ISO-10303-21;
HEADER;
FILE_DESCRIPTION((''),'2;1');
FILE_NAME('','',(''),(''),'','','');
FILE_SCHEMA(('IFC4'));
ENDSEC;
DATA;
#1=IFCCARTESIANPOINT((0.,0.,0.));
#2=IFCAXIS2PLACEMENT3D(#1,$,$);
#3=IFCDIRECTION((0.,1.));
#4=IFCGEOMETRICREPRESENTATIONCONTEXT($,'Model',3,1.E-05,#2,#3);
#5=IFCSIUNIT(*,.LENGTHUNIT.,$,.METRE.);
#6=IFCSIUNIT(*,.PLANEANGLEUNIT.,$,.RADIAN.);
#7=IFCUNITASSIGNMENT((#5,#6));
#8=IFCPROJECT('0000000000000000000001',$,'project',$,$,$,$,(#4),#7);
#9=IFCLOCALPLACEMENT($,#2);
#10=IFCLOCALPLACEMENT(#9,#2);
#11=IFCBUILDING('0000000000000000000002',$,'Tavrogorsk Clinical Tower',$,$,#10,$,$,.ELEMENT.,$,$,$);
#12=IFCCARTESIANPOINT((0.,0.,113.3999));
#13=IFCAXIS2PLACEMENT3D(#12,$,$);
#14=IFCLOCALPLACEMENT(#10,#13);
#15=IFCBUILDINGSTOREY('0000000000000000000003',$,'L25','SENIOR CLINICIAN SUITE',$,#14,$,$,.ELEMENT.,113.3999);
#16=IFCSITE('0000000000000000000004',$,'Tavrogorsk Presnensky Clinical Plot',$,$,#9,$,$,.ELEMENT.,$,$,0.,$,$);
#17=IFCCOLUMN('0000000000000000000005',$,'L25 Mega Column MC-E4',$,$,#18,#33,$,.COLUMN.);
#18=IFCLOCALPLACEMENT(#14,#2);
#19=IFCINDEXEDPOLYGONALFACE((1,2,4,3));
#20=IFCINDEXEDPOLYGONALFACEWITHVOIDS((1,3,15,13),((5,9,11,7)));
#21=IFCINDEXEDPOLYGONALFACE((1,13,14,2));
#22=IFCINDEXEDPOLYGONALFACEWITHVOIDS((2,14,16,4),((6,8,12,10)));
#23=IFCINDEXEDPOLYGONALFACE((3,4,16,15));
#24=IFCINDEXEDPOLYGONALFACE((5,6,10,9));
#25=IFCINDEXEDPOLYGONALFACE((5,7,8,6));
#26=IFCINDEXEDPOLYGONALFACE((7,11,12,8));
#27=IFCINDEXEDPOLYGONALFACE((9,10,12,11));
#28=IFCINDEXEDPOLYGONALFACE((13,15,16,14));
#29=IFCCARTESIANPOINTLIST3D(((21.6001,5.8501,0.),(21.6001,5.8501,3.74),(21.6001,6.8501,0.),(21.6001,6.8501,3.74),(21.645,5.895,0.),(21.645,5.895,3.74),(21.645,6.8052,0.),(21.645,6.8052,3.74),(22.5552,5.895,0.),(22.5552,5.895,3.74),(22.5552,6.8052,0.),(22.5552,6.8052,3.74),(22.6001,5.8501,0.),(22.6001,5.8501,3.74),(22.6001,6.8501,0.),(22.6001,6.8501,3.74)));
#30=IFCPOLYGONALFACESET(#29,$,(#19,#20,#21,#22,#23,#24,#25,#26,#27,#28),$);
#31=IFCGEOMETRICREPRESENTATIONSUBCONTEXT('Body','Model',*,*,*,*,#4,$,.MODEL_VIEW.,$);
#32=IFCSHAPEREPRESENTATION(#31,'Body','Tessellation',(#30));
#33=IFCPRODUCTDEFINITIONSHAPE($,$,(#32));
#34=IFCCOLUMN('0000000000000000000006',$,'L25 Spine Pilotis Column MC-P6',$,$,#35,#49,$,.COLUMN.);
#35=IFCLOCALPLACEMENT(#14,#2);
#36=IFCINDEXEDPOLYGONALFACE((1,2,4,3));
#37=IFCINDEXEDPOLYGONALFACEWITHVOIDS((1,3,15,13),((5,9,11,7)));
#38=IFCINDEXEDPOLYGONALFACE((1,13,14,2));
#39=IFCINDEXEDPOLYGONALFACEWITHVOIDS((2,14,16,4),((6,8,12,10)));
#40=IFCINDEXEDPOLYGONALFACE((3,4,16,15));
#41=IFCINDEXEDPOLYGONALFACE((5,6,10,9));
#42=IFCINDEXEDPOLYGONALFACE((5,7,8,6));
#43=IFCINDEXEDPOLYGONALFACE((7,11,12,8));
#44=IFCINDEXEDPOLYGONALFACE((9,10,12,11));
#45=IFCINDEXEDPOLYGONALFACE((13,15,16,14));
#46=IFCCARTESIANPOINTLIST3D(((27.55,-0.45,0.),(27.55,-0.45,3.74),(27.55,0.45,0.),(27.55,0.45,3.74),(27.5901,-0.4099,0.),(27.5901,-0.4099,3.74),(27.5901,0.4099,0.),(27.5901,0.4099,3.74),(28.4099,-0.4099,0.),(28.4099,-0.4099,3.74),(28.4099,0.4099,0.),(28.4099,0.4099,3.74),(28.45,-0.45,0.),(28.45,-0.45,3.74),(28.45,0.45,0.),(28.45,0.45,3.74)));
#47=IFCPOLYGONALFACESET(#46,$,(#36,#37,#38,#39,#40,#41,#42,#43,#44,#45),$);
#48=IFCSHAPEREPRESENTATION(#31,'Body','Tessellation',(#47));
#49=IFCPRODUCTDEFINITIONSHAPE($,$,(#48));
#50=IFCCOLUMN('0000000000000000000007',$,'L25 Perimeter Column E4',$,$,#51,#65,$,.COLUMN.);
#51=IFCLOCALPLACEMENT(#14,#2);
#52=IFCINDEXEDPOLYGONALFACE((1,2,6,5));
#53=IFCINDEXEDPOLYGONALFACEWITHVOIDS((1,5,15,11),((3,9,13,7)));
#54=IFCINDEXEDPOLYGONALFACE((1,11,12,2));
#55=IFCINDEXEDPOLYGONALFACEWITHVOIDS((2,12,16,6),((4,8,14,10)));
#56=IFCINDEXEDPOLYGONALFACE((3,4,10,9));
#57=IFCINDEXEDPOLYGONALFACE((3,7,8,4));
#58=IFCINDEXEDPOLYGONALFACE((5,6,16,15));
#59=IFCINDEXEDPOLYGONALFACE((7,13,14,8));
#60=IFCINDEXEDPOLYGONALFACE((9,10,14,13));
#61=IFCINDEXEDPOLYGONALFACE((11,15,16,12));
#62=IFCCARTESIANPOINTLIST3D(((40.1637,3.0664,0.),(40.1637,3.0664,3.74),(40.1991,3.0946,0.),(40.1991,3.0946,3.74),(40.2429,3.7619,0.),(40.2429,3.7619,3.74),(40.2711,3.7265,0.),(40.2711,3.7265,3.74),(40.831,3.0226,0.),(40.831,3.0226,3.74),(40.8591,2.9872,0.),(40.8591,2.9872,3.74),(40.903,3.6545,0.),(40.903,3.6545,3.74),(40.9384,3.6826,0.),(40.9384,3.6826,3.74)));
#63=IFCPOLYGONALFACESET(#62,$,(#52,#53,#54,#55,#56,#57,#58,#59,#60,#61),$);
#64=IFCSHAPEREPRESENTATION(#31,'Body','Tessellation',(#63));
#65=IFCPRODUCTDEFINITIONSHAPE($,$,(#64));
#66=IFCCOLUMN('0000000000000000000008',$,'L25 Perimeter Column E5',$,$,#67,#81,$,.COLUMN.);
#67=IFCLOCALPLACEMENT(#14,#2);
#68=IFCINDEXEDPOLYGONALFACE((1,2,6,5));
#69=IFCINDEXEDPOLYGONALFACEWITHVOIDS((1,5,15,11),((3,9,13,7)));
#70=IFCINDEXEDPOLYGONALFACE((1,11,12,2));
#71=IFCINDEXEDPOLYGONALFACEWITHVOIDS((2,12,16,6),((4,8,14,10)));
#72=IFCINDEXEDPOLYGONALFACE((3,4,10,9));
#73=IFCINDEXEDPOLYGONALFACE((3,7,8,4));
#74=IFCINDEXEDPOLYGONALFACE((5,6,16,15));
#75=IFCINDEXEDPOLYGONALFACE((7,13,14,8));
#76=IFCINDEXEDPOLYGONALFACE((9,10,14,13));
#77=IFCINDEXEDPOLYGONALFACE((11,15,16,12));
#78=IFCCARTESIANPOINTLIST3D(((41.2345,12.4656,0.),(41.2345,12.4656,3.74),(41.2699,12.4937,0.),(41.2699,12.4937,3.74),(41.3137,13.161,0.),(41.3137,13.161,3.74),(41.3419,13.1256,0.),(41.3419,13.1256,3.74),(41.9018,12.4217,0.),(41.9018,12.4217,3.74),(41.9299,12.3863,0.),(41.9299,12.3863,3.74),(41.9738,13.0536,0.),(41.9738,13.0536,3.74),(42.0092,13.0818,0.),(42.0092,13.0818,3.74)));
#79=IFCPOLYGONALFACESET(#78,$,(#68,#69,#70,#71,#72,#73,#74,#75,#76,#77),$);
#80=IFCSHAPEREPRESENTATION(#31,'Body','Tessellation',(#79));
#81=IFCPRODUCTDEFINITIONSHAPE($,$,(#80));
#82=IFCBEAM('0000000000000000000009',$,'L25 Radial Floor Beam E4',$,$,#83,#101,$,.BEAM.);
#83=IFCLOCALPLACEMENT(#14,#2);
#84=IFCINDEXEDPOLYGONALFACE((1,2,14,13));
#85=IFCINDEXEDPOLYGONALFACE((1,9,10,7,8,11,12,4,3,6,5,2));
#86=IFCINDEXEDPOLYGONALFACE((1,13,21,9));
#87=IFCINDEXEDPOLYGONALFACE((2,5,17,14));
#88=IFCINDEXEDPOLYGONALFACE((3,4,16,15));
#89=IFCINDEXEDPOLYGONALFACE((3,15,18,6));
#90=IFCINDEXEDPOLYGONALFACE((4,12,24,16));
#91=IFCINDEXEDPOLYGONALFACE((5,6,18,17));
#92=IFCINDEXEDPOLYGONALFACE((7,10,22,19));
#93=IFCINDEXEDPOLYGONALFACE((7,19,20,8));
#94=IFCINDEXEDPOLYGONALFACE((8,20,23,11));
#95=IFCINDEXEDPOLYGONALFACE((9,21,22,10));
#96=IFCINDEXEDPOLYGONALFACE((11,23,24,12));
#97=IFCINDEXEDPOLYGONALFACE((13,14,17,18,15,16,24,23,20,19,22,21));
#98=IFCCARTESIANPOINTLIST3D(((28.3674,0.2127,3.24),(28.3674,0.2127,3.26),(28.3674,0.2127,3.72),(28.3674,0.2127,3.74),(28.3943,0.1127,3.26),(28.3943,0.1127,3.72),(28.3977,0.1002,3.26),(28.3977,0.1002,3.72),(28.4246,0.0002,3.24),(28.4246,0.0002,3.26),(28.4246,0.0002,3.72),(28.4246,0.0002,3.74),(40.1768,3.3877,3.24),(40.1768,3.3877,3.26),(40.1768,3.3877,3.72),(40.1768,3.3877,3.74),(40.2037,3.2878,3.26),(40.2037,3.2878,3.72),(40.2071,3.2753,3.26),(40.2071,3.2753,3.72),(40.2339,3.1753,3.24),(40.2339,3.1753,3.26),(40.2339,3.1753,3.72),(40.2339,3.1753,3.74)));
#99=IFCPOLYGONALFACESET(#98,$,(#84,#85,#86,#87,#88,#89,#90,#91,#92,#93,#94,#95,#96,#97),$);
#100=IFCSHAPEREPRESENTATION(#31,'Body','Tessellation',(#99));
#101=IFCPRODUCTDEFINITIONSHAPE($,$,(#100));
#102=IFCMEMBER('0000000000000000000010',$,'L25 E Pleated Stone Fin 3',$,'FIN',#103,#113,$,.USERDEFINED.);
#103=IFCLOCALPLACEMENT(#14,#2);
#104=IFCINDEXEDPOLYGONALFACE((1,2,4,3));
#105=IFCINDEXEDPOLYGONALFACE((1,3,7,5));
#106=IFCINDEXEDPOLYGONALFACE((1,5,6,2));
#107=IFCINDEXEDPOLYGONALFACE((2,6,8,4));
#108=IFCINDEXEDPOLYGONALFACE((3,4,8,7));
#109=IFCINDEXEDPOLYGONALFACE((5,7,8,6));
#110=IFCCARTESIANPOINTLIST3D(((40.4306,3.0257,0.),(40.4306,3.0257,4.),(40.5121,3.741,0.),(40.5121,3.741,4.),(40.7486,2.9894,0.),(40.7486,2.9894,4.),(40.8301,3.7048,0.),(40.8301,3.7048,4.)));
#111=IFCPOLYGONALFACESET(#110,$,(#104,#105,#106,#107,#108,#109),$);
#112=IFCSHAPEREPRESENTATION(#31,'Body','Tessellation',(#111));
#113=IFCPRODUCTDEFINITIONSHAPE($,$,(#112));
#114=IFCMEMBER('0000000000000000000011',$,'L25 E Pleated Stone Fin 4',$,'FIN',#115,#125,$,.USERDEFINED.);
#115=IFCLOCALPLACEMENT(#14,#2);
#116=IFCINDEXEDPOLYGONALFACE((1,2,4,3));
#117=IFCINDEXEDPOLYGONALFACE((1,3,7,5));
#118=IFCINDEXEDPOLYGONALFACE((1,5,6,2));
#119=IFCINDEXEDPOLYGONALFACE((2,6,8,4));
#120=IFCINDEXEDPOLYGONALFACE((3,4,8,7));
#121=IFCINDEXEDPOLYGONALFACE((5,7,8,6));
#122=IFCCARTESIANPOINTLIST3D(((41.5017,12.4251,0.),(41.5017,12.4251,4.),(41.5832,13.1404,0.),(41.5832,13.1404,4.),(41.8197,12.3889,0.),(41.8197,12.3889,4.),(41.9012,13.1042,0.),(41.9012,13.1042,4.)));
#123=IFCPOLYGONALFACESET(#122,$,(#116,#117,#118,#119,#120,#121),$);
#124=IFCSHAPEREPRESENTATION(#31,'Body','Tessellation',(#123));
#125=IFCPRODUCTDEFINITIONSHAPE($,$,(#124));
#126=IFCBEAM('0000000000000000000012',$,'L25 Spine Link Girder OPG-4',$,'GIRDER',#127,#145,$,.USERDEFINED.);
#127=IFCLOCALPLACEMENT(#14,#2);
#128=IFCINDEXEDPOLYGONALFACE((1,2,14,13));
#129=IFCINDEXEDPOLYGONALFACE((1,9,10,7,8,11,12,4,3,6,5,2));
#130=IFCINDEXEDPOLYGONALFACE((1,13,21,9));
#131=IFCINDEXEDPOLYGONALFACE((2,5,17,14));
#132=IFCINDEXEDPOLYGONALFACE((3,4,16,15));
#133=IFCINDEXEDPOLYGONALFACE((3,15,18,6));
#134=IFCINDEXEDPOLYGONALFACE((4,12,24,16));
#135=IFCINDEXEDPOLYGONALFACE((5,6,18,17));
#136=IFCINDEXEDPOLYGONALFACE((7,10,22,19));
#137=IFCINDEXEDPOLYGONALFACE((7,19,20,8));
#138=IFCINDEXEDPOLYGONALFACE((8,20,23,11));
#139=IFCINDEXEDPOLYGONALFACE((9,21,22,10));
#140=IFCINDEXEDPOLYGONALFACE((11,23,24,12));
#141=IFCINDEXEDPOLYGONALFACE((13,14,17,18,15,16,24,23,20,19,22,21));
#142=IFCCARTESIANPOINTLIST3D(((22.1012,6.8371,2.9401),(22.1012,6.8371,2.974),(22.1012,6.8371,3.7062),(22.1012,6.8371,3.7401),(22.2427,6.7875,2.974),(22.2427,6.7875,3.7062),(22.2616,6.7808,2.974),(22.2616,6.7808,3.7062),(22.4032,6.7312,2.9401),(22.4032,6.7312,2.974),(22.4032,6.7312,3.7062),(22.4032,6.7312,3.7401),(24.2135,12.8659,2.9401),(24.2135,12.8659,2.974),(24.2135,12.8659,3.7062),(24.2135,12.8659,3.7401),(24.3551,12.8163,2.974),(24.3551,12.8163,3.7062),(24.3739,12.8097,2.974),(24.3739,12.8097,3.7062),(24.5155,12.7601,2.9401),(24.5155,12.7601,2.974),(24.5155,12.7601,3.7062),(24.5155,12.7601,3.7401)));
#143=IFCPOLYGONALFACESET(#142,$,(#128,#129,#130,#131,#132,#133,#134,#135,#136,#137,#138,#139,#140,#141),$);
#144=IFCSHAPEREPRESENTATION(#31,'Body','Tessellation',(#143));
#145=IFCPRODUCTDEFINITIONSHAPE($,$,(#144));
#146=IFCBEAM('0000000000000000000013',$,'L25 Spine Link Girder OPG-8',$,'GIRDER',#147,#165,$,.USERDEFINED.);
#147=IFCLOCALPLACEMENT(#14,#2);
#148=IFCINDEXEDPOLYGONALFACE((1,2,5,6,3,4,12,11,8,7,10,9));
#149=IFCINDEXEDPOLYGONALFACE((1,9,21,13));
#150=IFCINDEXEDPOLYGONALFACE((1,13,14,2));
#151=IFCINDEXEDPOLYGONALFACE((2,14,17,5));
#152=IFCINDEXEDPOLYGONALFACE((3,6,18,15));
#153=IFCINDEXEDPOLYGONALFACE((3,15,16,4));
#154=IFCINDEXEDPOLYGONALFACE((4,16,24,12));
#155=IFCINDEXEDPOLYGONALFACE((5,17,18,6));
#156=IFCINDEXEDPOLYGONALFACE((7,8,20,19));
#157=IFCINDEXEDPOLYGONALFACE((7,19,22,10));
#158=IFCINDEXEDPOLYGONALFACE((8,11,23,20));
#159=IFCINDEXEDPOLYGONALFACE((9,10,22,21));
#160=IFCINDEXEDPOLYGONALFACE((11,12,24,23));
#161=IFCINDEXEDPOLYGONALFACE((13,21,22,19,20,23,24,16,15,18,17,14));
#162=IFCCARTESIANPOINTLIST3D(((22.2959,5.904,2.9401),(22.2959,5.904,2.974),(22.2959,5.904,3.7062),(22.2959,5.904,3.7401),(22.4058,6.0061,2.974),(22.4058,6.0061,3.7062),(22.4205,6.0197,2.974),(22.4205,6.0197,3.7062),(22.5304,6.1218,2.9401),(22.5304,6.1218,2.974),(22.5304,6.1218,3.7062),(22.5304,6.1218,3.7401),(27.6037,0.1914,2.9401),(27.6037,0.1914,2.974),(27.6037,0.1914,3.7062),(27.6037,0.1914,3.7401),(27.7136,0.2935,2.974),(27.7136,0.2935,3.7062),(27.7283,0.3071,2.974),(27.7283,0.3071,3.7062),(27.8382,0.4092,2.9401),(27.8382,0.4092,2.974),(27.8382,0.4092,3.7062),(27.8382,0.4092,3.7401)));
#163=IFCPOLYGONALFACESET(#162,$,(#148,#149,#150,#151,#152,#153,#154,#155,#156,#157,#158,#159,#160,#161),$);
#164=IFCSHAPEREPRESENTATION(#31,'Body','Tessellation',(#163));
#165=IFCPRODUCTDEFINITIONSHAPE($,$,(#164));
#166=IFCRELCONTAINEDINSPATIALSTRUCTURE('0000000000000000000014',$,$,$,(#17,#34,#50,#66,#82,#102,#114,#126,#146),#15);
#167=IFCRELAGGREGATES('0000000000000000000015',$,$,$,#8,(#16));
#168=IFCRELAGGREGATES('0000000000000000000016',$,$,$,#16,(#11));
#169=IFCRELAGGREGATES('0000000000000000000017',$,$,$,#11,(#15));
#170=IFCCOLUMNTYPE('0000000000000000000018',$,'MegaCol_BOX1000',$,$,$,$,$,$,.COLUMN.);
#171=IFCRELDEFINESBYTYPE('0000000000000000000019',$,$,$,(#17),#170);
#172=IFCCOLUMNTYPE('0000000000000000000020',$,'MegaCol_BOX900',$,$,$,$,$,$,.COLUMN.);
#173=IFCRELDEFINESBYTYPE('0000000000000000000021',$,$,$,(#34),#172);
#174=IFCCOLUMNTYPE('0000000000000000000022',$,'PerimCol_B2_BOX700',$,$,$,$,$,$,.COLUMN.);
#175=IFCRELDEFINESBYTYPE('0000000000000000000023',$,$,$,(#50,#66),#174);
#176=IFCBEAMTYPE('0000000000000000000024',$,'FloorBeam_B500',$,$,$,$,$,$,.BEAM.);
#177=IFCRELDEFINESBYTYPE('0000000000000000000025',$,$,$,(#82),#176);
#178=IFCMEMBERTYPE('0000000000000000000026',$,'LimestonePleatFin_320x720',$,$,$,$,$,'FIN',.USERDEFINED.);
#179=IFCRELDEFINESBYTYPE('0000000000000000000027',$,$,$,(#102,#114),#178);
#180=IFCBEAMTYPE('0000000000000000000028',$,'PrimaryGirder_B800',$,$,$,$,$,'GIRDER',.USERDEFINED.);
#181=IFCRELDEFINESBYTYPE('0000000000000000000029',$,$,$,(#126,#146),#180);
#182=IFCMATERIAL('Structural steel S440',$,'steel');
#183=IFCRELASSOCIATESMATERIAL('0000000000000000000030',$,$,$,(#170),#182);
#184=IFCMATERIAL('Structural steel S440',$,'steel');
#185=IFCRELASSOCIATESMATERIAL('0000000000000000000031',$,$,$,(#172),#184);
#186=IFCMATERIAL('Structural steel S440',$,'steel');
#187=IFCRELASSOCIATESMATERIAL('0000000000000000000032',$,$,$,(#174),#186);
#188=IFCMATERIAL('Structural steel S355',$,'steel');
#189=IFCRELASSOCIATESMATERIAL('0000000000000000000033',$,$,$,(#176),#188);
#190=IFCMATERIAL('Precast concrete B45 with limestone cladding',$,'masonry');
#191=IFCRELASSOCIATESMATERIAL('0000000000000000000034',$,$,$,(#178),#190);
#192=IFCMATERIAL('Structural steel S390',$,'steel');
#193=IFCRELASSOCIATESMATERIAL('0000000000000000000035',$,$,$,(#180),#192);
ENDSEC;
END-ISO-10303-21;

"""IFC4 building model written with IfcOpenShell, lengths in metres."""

from ifc_helpers import new_model, si_unit, direction, frame, origin, origin_2d, place, context, subcontext, project, spatial, rectangle, hollow_rectangle, i_section, extrude, material, material_profile, profile_set, type_object, element, save


model = new_model("IFC4")

# Units and contexts
model_context = context("Model", 3, precision=1e-05, world=origin(), true_north=direction((0.0, 1.0)))
body_context = subcontext(model_context, "Body", "Model", "MODEL_VIEW")
ifc_project = project(units=[si_unit("LENGTHUNIT", "METRE"), si_unit("PLANEANGLEUNIT", "RADIAN")], contexts=[model_context])

# Site, building, storey
site_placement = place(None, origin())
site = spatial("IfcSite", under=ifc_project, at=site_placement, Name="Tavrogorsk Presnensky Clinical Plot", CompositionType="ELEMENT", RefElevation=0.0)
building_placement = place(site_placement, origin())
building = spatial("IfcBuilding", under=site, at=building_placement, Name="Tavrogorsk Clinical Tower", CompositionType="ELEMENT")
storey_placement = place(building_placement, frame((0.0, 0.0, 113.3999)))
storey = spatial("IfcBuildingStorey", under=building, at=storey_placement, Name="L25", Description="SENIOR CLINICIAN SUITE", CompositionType="ELEMENT", Elevation=113.3999)

# Columns
ifc_material_1 = material(Name="Structural steel S440", Category="steel")
ifc_material_profile_1 = material_profile(ifc_material_1, hollow_rectangle(XDim=1.0, YDim=1.0, WallThickness=0.0449, at=origin_2d()), Name="BOX-1000x1000x45")
ifc_profile_set_1 = profile_set([ifc_material_profile_1], Name="Structural steel S440")
column_type_1 = type_object("IfcColumnType", Name="MegaCol_BOX1000", PredefinedType="COLUMN", material=ifc_profile_set_1)
column_1_placement = place(storey_placement, frame((22.1001, 6.3501, 0.0), z_axis=(0.0, 0.0, 1.0), x_axis=(1.0, 0.0, 0.0)))
element("IfcColumn", 1, at=column_1_placement, inside=storey, type_object=column_type_1, Name="L25 Mega Column MC-E4", PredefinedType="COLUMN", context=body_context, shape_type="SweptSolid", body=[
    extrude(hollow_rectangle(XDim=1.0, YDim=1.0, WallThickness=0.0449, at=origin_2d()), origin(), (0.0, 0.0, 1.0), 3.74),
])
ifc_material_2 = material(Name="Structural steel S440", Category="steel")
ifc_material_profile_2 = material_profile(ifc_material_2, hollow_rectangle(XDim=0.8999, YDim=0.8999, WallThickness=0.04, at=origin_2d()), Name="BOX-900x900x40")
ifc_profile_set_2 = profile_set([ifc_material_profile_2], Name="Structural steel S440")
column_type_2 = type_object("IfcColumnType", Name="MegaCol_BOX900", PredefinedType="COLUMN", material=ifc_profile_set_2)
column_2_placement = place(storey_placement, frame((28.0, 0.0, 0.0), z_axis=(0.0, 0.0, 1.0), x_axis=(1.0, 0.0, 0.0)))
element("IfcColumn", 2, at=column_2_placement, inside=storey, type_object=column_type_2, Name="L25 Spine Pilotis Column MC-P6", PredefinedType="COLUMN", context=body_context, shape_type="SweptSolid", body=[
    extrude(hollow_rectangle(XDim=0.8999, YDim=0.8999, WallThickness=0.04, at=origin_2d()), origin(), (0.0, 0.0, 1.0), 3.74),
])
ifc_material_3 = material(Name="Structural steel S440", Category="steel")
ifc_material_profile_3 = material_profile(ifc_material_3, hollow_rectangle(XDim=0.7, YDim=0.7, WallThickness=0.032, at=origin_2d()), Name="BOX-700x700x32")
ifc_profile_set_3 = profile_set([ifc_material_profile_3], Name="Structural steel S440")
column_type_3 = type_object("IfcColumnType", Name="PerimCol_B2_BOX700", PredefinedType="COLUMN", material=ifc_profile_set_3)
for number, where, z_axis, x_axis, name in (
    (3, (40.551, 3.3745, 0.0), (0.0, 0.0, 1.0), (0.993572, -0.113203, 0.0), "L25 Perimeter Column E4"),
    (4, (41.6218, 12.7737, 0.0), (0.0, 0.0, 1.0), (0.993572, -0.113203, 0.0), "L25 Perimeter Column E5"),
):
    element("IfcColumn", number, at=place(storey_placement, frame(where, z_axis=z_axis, x_axis=x_axis)), inside=storey, type_object=column_type_3, Name=name, PredefinedType="COLUMN", context=body_context, shape_type="SweptSolid", body=[
        extrude(hollow_rectangle(XDim=0.7, YDim=0.7, WallThickness=0.032, at=origin_2d()), origin(), (0.0, 0.0, 1.0), 3.74),
    ])

# Beam
ifc_material_4 = material(Name="Structural steel S355", Category="steel")
ifc_material_profile_4 = material_profile(ifc_material_4, i_section(OverallWidth=0.22, OverallDepth=0.5, WebThickness=0.0129, FlangeThickness=0.02, at=origin_2d()), Name="B-500x220x13x20")
ifc_profile_set_4 = profile_set([ifc_material_profile_4], Name="Structural steel S355")
beam_type_1 = type_object("IfcBeamType", Name="FloorBeam_B500", PredefinedType="BEAM", material=ifc_profile_set_4)
beam_1_placement = place(storey_placement, frame((28.396, 0.1064, 3.49), z_axis=(0.965706, 0.259639, 0.0), x_axis=(-0.259639, 0.965706, 0.0)))
element("IfcBeam", 5, at=beam_1_placement, inside=storey, type_object=beam_type_1, Name="L25 Radial Floor Beam E4", PredefinedType="BEAM", context=body_context, shape_type="SweptSolid", body=[
    extrude(i_section(OverallWidth=0.22, OverallDepth=0.5, WebThickness=0.0129, FlangeThickness=0.02, at=origin_2d()), origin(), (0.0, 0.0, 1.0), 12.2288),
])

# Members
ifc_material_5 = material(Name="Precast concrete B45 with limestone cladding", Category="masonry")
ifc_material_profile_5 = material_profile(ifc_material_5, rectangle(XDim=0.3201, YDim=0.72, at=origin_2d()), Name="LIMESTONE-FIN-320x720")
ifc_profile_set_5 = profile_set([ifc_material_profile_5], Name="Precast concrete B45 with limestone cladding")
member_type = type_object("IfcMemberType", Name="LimestonePleatFin_320x720", ElementType="FIN", PredefinedType="USERDEFINED", material=ifc_profile_set_5)
for number, where, z_axis, x_axis, name in (
    (6, (40.6304, 3.3652, 0.0), (0.0, 0.0, 1.0), (0.993572, -0.113203, 0.0), "L25 E Pleated Stone Fin 3"),
    (7, (41.7014, 12.7646, 0.0), (0.0, 0.0, 1.0), (0.993572, -0.113203, 0.0), "L25 E Pleated Stone Fin 4"),
):
    element("IfcMember", number, at=place(storey_placement, frame(where, z_axis=z_axis, x_axis=x_axis)), inside=storey, type_object=member_type, Name=name, ObjectType="FIN", PredefinedType="USERDEFINED", context=body_context, shape_type="SweptSolid", body=[
        extrude(rectangle(XDim=0.3201, YDim=0.72, at=origin_2d()), origin(), (0.0, 0.0, 1.0), 4.0),
    ])

# Beams
ifc_material_6 = material(Name="Structural steel S390", Category="steel")
ifc_material_profile_6 = material_profile(ifc_material_6, i_section(OverallWidth=0.3201, OverallDepth=0.8, WebThickness=0.02, FlangeThickness=0.0339, at=origin_2d()), Name="B-800x320x20x34")
ifc_profile_set_6 = profile_set([ifc_material_profile_6], Name="Structural steel S390")
beam_type_2 = type_object("IfcBeamType", Name="PrimaryGirder_B800", ElementType="GIRDER", PredefinedType="USERDEFINED", material=ifc_profile_set_6)
beam_2_placement = place(storey_placement, frame((24.3645, 12.813, 3.3401), z_axis=(-0.33066, -0.94375, 0.0), x_axis=(0.94375, -0.33066, 0.0)))
element("IfcBeam", 8, at=beam_2_placement, inside=storey, type_object=beam_type_2, Name="L25 Spine Link Girder OPG-4", ObjectType="GIRDER", PredefinedType="USERDEFINED", context=body_context, shape_type="SweptSolid", body=[
    extrude(i_section(OverallWidth=0.3201, OverallDepth=0.8, WebThickness=0.02, FlangeThickness=0.0339, at=origin_2d()), origin(), (0.0, 0.0, 1.0), 6.3882),
])
beam_3_placement = place(storey_placement, frame((27.7209, 0.3003, 3.3401), z_axis=(-0.680676, 0.732585, 0.0), x_axis=(-0.732585, -0.680676, 0.0)))
element("IfcBeam", 9, at=beam_3_placement, inside=storey, type_object=beam_type_2, Name="L25 Spine Link Girder OPG-8", ObjectType="GIRDER", PredefinedType="USERDEFINED", context=body_context, shape_type="SweptSolid", body=[
    extrude(i_section(OverallWidth=0.3201, OverallDepth=0.8, WebThickness=0.02, FlangeThickness=0.0339, at=origin_2d()), origin(), (0.0, 0.0, 1.0), 7.7979),
])

save(model, "model.ifc")
